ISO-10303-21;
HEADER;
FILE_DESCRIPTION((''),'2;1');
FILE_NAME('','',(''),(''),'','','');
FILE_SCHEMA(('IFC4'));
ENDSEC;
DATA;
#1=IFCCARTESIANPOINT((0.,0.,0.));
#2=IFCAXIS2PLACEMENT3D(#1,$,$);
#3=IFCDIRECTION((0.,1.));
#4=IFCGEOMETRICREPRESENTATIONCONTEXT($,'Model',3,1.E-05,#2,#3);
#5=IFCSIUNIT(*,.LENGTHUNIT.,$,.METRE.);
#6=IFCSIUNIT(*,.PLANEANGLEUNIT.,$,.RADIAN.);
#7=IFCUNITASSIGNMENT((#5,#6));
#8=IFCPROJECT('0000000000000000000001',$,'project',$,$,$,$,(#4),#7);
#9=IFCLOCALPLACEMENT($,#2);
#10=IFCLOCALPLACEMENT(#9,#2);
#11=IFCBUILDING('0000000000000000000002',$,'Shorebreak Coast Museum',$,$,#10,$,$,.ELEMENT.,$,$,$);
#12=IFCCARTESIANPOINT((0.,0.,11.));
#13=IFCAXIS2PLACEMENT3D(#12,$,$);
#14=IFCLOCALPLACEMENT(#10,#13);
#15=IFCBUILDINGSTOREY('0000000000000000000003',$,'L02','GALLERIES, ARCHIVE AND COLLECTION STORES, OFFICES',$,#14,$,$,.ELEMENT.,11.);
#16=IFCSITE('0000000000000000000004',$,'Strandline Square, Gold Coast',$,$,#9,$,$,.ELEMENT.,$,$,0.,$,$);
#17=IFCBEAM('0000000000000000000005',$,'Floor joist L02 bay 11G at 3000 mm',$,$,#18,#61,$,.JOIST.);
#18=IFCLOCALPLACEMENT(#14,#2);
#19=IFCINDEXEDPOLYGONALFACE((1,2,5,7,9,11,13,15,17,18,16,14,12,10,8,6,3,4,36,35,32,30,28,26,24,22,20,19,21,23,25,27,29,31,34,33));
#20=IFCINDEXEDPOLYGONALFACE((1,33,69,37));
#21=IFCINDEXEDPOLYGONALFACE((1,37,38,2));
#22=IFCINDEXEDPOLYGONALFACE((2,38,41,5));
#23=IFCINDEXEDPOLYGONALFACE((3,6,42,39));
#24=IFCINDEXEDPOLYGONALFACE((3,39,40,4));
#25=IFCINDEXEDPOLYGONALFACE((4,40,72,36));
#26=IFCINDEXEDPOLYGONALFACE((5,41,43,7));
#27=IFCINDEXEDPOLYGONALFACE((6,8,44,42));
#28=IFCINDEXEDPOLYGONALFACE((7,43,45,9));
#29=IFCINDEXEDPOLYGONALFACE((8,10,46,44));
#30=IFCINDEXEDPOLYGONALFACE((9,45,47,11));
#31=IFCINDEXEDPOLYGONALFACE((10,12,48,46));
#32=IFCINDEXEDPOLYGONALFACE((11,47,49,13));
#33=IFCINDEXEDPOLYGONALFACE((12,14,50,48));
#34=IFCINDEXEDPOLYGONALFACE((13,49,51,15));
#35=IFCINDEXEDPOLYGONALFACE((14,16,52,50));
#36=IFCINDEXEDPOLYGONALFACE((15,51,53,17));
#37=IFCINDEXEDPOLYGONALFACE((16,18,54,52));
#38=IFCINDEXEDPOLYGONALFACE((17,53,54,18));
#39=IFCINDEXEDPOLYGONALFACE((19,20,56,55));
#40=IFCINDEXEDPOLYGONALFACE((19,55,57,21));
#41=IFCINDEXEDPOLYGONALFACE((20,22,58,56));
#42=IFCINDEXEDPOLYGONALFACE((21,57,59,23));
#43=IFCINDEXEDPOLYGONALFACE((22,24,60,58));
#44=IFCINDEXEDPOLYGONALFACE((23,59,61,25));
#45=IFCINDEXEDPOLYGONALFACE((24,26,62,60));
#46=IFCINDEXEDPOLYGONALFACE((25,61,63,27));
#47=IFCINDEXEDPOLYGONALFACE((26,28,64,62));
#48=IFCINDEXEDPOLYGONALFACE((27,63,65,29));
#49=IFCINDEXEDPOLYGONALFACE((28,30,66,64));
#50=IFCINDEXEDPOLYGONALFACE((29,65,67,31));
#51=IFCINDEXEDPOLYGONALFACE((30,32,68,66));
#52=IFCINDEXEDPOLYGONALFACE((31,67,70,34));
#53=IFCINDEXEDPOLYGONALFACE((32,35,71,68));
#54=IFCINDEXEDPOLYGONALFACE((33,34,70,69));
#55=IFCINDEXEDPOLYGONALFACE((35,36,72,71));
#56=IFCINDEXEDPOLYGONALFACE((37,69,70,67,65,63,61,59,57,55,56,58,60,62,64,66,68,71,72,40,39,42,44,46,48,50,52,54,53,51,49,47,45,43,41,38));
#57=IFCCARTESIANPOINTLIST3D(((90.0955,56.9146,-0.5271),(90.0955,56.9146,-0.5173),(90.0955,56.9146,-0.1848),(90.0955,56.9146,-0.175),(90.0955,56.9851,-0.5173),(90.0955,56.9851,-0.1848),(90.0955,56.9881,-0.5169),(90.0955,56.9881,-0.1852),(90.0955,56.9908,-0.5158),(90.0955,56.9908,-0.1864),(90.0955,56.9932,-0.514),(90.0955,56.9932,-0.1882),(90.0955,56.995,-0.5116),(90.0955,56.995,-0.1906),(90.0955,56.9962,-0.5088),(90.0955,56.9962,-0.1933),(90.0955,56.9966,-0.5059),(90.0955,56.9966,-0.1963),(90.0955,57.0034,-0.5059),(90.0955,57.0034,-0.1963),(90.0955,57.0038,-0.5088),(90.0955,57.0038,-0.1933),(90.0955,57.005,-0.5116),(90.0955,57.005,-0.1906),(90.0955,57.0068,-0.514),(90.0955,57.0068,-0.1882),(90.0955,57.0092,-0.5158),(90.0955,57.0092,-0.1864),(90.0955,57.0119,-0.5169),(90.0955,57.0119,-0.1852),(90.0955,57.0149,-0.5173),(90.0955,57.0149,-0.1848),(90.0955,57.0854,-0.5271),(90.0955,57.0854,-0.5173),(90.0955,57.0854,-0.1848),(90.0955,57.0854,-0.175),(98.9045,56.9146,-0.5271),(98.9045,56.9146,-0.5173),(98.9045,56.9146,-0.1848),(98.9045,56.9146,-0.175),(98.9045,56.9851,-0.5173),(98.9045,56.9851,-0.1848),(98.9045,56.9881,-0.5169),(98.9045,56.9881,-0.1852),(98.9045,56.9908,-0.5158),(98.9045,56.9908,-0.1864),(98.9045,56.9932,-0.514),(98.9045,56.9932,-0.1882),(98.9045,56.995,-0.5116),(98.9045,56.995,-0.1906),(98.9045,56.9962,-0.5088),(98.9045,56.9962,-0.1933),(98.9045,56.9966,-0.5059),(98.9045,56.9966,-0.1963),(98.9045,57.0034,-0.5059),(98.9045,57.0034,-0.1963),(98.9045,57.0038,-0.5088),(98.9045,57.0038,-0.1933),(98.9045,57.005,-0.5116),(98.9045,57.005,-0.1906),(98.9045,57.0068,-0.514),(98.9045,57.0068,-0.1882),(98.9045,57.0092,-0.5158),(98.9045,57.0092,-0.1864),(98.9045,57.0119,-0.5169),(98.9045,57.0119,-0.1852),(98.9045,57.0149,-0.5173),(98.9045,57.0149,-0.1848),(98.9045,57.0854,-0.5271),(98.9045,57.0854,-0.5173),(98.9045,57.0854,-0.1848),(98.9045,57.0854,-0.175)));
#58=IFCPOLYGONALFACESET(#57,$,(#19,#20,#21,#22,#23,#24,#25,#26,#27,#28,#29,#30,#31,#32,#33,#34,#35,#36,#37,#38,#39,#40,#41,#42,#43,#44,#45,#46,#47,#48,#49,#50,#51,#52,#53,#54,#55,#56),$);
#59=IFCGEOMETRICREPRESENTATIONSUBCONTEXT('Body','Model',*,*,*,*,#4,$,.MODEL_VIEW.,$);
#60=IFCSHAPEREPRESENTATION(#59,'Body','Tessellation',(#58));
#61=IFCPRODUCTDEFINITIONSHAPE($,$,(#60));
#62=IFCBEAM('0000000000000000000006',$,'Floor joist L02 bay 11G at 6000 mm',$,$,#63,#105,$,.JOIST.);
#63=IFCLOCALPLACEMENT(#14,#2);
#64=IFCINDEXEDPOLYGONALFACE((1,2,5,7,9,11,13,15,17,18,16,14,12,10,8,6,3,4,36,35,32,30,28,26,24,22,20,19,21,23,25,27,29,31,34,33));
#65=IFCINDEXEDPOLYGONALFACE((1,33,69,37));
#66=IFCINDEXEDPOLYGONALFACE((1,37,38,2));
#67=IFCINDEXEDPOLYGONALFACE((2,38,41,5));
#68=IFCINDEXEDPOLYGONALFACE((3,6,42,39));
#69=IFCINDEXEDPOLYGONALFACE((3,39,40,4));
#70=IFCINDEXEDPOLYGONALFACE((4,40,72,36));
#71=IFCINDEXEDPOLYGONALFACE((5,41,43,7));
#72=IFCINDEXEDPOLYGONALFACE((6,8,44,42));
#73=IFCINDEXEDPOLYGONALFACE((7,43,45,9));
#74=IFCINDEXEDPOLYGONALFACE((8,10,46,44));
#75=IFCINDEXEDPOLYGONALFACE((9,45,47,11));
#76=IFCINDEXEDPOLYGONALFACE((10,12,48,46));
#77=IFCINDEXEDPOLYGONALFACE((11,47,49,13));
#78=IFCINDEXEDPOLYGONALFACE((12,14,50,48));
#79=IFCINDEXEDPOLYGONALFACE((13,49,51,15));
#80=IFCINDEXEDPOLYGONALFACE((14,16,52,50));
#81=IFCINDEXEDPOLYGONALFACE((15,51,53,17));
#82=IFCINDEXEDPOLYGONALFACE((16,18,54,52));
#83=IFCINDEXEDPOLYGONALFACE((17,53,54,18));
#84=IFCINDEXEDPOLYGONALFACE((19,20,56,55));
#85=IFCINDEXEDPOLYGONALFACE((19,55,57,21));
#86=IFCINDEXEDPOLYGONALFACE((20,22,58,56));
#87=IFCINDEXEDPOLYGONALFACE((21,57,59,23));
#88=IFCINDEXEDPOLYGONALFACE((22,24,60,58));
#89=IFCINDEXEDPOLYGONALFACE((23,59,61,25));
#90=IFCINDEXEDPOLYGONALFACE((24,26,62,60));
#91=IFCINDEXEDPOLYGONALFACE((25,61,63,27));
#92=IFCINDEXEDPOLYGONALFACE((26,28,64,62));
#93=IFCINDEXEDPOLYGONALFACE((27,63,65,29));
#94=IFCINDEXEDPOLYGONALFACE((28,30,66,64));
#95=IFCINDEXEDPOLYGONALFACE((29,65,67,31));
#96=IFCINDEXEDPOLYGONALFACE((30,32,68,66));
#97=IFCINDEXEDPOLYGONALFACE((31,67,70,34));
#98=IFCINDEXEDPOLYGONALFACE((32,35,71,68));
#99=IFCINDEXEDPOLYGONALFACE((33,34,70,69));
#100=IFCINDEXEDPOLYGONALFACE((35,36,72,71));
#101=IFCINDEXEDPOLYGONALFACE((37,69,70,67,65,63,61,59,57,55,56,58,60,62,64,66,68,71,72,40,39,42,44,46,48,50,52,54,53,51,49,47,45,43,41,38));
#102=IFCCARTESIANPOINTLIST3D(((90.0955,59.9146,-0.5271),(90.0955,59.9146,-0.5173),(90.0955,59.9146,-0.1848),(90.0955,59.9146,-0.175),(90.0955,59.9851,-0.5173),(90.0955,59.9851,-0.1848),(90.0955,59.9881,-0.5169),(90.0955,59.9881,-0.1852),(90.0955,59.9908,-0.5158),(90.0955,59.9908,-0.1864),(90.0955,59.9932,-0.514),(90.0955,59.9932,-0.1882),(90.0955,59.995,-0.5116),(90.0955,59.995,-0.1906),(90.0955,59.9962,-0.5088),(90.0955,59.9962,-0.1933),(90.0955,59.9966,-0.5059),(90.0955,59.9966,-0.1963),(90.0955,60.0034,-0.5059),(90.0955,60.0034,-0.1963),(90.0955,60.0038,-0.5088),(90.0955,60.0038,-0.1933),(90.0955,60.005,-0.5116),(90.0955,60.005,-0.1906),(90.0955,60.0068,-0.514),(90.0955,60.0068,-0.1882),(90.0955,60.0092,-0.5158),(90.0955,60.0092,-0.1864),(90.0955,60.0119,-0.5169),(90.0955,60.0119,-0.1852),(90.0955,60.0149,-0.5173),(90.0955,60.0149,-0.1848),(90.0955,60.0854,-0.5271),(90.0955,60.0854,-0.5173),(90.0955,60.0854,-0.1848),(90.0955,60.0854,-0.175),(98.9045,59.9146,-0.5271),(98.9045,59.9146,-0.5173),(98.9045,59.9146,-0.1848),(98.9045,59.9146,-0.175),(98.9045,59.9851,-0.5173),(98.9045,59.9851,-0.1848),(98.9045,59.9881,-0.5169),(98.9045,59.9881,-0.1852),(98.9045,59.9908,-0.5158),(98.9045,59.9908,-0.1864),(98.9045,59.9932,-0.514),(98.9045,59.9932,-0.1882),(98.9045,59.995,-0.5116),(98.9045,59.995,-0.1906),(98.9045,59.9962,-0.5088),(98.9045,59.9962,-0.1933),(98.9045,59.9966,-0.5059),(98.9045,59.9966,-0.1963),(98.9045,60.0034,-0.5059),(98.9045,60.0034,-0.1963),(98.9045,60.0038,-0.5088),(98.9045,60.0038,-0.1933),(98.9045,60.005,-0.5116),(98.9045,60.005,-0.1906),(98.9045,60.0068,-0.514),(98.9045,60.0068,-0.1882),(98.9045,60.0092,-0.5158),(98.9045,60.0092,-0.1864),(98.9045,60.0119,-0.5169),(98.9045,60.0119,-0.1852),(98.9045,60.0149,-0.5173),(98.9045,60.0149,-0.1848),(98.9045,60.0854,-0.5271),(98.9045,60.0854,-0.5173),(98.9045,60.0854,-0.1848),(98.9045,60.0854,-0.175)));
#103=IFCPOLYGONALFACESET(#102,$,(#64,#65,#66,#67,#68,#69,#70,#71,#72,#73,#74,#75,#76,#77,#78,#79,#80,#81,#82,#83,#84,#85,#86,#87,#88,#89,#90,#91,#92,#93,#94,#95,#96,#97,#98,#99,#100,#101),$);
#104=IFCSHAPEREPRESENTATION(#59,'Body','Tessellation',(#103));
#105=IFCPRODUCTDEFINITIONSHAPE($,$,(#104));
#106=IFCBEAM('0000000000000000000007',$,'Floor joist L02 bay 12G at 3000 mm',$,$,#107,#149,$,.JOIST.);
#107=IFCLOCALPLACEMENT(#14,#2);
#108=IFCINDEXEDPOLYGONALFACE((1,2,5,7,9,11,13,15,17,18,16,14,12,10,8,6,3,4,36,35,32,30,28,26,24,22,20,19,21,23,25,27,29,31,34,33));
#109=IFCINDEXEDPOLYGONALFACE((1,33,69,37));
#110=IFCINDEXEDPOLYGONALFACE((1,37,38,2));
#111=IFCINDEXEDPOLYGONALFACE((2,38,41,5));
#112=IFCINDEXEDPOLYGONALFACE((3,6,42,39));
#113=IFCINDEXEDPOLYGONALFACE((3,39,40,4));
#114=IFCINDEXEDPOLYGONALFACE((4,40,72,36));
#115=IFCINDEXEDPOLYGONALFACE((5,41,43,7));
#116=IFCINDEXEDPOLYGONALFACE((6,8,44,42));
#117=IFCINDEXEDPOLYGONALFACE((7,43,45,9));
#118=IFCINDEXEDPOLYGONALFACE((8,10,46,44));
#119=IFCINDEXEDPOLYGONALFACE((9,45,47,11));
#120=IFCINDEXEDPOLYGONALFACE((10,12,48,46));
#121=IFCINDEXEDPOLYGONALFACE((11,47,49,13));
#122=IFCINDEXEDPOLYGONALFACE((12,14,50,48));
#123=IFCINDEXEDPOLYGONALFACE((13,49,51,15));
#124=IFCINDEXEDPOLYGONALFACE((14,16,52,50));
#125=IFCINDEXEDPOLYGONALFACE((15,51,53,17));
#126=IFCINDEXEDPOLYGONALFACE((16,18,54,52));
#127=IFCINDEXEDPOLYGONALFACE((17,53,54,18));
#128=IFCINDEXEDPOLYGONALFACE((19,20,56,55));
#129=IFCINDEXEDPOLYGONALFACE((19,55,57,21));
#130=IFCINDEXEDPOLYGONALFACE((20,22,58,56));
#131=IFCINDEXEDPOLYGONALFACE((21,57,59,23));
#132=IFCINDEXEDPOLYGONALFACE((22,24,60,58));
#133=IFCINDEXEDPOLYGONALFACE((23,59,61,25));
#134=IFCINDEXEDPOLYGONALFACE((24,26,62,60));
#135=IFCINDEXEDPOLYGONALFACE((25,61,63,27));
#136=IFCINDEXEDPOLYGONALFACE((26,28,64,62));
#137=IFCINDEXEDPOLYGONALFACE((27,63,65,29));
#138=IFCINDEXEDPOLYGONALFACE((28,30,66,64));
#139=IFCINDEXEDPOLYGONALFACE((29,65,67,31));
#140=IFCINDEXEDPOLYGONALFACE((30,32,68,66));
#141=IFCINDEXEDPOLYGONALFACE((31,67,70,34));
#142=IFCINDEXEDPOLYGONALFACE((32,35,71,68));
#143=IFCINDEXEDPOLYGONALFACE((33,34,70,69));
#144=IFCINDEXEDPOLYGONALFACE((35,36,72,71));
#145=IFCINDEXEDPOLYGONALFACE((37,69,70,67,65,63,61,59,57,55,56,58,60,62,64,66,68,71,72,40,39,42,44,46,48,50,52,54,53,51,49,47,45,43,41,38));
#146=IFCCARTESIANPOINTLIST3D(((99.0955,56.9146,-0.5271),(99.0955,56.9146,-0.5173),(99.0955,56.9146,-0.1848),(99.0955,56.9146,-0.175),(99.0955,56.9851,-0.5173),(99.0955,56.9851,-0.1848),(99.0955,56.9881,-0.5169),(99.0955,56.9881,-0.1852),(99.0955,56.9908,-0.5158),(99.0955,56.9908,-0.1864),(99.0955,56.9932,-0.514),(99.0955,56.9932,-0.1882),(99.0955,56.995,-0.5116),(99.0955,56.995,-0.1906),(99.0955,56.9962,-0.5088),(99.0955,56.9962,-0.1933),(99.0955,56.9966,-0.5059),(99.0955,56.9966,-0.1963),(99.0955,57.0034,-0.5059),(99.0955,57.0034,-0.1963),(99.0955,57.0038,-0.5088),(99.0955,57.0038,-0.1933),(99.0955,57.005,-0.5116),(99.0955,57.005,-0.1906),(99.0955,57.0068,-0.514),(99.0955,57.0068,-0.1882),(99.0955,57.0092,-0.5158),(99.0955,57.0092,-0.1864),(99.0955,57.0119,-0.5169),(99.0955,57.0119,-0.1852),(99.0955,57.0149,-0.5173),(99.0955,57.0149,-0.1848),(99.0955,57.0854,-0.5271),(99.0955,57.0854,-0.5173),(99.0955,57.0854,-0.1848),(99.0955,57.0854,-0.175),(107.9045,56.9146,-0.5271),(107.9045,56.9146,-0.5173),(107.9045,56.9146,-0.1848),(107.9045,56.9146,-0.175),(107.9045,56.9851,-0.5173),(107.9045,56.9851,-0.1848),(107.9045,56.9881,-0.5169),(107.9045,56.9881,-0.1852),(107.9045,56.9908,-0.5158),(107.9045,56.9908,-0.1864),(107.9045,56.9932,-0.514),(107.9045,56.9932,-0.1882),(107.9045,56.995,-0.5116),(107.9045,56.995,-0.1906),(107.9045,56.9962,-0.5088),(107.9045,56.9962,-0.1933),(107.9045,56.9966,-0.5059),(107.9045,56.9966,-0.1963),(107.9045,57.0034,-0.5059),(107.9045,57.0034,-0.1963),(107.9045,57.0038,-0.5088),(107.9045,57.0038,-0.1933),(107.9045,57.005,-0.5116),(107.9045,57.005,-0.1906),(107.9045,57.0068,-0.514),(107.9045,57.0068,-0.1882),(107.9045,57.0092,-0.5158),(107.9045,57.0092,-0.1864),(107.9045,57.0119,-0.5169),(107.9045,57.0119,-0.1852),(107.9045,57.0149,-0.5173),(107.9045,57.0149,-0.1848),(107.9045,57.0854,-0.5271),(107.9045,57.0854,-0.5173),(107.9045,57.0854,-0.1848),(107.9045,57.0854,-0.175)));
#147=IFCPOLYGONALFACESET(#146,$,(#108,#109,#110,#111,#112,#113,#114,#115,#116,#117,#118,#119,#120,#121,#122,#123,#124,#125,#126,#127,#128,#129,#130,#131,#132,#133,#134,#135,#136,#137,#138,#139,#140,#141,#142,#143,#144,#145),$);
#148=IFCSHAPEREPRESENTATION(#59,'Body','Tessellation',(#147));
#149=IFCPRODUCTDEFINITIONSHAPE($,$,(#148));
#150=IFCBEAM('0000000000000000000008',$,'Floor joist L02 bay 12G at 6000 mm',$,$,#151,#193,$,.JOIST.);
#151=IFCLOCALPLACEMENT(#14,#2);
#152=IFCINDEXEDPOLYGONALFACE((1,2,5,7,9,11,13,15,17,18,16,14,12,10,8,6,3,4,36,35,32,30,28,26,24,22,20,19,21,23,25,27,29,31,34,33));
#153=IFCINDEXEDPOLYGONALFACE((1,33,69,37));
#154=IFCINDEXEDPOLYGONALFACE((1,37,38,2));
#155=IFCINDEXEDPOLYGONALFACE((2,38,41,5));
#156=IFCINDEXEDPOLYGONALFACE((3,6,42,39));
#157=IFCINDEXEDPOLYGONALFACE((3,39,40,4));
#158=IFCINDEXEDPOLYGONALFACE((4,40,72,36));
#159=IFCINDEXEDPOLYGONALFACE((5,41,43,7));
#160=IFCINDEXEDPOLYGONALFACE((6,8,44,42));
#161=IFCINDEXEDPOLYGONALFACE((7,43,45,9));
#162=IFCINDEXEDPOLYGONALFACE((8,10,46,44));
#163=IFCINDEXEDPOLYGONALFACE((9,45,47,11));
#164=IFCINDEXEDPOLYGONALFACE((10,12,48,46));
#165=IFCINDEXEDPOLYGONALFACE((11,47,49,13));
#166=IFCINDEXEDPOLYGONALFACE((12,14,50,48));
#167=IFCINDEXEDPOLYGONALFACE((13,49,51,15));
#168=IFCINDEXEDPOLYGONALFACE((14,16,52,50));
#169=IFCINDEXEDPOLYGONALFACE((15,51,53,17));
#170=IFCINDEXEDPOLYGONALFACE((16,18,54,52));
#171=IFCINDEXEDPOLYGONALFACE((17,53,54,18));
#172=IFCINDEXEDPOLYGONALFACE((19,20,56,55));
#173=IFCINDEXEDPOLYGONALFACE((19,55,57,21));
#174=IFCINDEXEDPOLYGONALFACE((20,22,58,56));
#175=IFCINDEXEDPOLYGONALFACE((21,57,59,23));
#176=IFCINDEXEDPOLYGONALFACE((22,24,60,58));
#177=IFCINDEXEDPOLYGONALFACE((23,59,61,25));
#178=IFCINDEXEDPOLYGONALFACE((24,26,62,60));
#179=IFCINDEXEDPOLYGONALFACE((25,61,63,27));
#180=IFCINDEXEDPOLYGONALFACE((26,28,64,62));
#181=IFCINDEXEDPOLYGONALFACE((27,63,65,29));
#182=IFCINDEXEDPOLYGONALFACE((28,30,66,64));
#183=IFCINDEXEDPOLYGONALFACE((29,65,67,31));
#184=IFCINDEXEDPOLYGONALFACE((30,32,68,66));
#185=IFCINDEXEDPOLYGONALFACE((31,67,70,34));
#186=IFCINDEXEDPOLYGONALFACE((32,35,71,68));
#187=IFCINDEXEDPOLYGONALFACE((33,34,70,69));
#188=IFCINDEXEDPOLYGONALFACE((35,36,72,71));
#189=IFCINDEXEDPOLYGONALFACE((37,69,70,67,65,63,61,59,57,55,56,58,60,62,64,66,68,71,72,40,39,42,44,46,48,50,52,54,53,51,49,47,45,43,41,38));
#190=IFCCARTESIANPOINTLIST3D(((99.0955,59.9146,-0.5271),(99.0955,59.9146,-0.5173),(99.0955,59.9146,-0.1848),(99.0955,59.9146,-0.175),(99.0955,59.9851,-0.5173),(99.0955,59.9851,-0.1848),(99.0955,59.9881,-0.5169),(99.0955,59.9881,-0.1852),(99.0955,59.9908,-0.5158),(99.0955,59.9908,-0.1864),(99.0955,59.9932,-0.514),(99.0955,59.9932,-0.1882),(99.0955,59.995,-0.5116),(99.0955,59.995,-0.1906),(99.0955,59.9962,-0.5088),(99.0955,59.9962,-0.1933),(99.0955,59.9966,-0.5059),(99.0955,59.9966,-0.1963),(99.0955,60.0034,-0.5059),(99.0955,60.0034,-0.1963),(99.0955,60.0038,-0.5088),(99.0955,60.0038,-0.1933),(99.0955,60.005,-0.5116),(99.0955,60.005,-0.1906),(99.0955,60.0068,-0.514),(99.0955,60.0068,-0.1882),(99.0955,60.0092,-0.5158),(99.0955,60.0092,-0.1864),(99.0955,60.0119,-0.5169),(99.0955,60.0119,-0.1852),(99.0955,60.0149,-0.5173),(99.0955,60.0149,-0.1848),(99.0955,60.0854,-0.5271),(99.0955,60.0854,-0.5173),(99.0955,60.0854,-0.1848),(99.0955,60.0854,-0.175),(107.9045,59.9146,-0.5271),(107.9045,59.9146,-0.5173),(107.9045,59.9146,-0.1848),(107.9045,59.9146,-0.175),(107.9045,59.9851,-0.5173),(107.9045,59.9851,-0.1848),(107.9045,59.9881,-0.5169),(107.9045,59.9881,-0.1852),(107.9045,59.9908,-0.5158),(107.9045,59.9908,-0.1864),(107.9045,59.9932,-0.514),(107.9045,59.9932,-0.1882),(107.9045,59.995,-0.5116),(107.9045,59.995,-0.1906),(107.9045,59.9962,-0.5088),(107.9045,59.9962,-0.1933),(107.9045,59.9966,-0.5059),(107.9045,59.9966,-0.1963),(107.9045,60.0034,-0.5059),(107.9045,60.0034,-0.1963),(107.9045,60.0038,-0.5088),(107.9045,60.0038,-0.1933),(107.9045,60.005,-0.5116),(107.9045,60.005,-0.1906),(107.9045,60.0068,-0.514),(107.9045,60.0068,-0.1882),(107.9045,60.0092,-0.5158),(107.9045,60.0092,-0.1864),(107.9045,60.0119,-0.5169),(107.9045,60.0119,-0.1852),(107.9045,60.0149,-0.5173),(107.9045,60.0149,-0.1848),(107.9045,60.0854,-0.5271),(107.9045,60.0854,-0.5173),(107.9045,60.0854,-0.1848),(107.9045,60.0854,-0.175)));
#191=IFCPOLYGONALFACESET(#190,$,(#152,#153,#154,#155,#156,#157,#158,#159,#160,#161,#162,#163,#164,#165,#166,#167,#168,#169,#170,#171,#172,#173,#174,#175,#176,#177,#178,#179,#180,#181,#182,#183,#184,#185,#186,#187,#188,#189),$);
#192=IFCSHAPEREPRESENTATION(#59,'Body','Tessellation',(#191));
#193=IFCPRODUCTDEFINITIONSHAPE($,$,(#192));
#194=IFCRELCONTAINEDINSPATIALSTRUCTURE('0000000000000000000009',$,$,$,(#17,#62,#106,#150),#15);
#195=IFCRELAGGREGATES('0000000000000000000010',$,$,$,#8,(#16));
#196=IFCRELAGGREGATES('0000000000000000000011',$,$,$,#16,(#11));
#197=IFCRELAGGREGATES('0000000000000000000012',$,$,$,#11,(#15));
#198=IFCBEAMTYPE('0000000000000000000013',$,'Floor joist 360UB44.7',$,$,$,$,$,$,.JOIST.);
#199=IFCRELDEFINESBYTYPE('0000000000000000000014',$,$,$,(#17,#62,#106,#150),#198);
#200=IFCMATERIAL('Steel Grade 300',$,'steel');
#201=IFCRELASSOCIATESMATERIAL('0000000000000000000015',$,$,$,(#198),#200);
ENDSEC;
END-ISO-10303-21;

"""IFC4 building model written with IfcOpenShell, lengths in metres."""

from ifc_helpers import new_model, si_unit, direction, frame, origin, origin_2d, place, context, subcontext, project, spatial, i_section, extrude, material, material_profile, profile_set, type_object, element, save


model = new_model("IFC4")

# Units and contexts
model_context = context("Model", 3, precision=1e-05, world=origin(), true_north=direction((0.0, 1.0)))
body_context = subcontext(model_context, "Body", "Model", "MODEL_VIEW")
ifc_project = project(units=[si_unit("LENGTHUNIT", "METRE"), si_unit("PLANEANGLEUNIT", "RADIAN")], contexts=[model_context])

# Site, building, storey
site_placement = place(None, origin())
site = spatial("IfcSite", under=ifc_project, at=site_placement, Name="Strandline Square, Gold Coast", CompositionType="ELEMENT", RefElevation=0.0)
building_placement = place(site_placement, origin())
building = spatial("IfcBuilding", under=site, at=building_placement, Name="Shorebreak Coast Museum", CompositionType="ELEMENT")
storey_placement = place(building_placement, frame((0.0, 0.0, 11.0)))
storey = spatial("IfcBuildingStorey", under=building, at=storey_placement, Name="L02", Description="GALLERIES, ARCHIVE AND COLLECTION STORES, OFFICES", CompositionType="ELEMENT", Elevation=11.0)

# Beams
ifc_material_1 = material(Name="Steel Grade 300", Category="steel")
ifc_material_profile_1 = material_profile(ifc_material_1, i_section(OverallWidth=0.1709, OverallDepth=0.3521, WebThickness=0.0068, FlangeThickness=0.0098, FilletRadius=0.0115, at=origin_2d()), Name="360UB44.7")
ifc_profile_set_1 = profile_set([ifc_material_profile_1], Name="Steel Grade 300")
beam_type_1 = type_object("IfcBeamType", Name="Floor joist 360UB44.7", PredefinedType="JOIST", material=ifc_profile_set_1)
for number, where, z_axis, x_axis, name in (
    (1, (90.0955, 57.0, -0.3511), (1.0, 0.0, 0.0), (0.0, 1.0, 0.0), "Floor joist L02 bay 11G at 3000 mm"),
    (2, (90.0955, 60.0, -0.3511), (1.0, 0.0, 0.0), (0.0, 1.0, 0.0), "Floor joist L02 bay 11G at 6000 mm"),
    (3, (99.0955, 57.0, -0.3511), (1.0, 0.0, 0.0), (0.0, 1.0, 0.0), "Floor joist L02 bay 12G at 3000 mm"),
    (4, (99.0955, 60.0, -0.3511), (1.0, 0.0, 0.0), (0.0, 1.0, 0.0), "Floor joist L02 bay 12G at 6000 mm"),
):
    element("IfcBeam", number, at=place(storey_placement, frame(where, z_axis=z_axis, x_axis=x_axis)), inside=storey, type_object=beam_type_1, Name=name, PredefinedType="JOIST", context=body_context, shape_type="SweptSolid", body=[
        extrude(i_section(OverallWidth=0.1709, OverallDepth=0.3521, WebThickness=0.0068, FlangeThickness=0.0098, FilletRadius=0.0115, at=origin_2d()), origin(), (0.0, 0.0, 1.0), 8.8091),
    ])

save(model, "model.ifc")
